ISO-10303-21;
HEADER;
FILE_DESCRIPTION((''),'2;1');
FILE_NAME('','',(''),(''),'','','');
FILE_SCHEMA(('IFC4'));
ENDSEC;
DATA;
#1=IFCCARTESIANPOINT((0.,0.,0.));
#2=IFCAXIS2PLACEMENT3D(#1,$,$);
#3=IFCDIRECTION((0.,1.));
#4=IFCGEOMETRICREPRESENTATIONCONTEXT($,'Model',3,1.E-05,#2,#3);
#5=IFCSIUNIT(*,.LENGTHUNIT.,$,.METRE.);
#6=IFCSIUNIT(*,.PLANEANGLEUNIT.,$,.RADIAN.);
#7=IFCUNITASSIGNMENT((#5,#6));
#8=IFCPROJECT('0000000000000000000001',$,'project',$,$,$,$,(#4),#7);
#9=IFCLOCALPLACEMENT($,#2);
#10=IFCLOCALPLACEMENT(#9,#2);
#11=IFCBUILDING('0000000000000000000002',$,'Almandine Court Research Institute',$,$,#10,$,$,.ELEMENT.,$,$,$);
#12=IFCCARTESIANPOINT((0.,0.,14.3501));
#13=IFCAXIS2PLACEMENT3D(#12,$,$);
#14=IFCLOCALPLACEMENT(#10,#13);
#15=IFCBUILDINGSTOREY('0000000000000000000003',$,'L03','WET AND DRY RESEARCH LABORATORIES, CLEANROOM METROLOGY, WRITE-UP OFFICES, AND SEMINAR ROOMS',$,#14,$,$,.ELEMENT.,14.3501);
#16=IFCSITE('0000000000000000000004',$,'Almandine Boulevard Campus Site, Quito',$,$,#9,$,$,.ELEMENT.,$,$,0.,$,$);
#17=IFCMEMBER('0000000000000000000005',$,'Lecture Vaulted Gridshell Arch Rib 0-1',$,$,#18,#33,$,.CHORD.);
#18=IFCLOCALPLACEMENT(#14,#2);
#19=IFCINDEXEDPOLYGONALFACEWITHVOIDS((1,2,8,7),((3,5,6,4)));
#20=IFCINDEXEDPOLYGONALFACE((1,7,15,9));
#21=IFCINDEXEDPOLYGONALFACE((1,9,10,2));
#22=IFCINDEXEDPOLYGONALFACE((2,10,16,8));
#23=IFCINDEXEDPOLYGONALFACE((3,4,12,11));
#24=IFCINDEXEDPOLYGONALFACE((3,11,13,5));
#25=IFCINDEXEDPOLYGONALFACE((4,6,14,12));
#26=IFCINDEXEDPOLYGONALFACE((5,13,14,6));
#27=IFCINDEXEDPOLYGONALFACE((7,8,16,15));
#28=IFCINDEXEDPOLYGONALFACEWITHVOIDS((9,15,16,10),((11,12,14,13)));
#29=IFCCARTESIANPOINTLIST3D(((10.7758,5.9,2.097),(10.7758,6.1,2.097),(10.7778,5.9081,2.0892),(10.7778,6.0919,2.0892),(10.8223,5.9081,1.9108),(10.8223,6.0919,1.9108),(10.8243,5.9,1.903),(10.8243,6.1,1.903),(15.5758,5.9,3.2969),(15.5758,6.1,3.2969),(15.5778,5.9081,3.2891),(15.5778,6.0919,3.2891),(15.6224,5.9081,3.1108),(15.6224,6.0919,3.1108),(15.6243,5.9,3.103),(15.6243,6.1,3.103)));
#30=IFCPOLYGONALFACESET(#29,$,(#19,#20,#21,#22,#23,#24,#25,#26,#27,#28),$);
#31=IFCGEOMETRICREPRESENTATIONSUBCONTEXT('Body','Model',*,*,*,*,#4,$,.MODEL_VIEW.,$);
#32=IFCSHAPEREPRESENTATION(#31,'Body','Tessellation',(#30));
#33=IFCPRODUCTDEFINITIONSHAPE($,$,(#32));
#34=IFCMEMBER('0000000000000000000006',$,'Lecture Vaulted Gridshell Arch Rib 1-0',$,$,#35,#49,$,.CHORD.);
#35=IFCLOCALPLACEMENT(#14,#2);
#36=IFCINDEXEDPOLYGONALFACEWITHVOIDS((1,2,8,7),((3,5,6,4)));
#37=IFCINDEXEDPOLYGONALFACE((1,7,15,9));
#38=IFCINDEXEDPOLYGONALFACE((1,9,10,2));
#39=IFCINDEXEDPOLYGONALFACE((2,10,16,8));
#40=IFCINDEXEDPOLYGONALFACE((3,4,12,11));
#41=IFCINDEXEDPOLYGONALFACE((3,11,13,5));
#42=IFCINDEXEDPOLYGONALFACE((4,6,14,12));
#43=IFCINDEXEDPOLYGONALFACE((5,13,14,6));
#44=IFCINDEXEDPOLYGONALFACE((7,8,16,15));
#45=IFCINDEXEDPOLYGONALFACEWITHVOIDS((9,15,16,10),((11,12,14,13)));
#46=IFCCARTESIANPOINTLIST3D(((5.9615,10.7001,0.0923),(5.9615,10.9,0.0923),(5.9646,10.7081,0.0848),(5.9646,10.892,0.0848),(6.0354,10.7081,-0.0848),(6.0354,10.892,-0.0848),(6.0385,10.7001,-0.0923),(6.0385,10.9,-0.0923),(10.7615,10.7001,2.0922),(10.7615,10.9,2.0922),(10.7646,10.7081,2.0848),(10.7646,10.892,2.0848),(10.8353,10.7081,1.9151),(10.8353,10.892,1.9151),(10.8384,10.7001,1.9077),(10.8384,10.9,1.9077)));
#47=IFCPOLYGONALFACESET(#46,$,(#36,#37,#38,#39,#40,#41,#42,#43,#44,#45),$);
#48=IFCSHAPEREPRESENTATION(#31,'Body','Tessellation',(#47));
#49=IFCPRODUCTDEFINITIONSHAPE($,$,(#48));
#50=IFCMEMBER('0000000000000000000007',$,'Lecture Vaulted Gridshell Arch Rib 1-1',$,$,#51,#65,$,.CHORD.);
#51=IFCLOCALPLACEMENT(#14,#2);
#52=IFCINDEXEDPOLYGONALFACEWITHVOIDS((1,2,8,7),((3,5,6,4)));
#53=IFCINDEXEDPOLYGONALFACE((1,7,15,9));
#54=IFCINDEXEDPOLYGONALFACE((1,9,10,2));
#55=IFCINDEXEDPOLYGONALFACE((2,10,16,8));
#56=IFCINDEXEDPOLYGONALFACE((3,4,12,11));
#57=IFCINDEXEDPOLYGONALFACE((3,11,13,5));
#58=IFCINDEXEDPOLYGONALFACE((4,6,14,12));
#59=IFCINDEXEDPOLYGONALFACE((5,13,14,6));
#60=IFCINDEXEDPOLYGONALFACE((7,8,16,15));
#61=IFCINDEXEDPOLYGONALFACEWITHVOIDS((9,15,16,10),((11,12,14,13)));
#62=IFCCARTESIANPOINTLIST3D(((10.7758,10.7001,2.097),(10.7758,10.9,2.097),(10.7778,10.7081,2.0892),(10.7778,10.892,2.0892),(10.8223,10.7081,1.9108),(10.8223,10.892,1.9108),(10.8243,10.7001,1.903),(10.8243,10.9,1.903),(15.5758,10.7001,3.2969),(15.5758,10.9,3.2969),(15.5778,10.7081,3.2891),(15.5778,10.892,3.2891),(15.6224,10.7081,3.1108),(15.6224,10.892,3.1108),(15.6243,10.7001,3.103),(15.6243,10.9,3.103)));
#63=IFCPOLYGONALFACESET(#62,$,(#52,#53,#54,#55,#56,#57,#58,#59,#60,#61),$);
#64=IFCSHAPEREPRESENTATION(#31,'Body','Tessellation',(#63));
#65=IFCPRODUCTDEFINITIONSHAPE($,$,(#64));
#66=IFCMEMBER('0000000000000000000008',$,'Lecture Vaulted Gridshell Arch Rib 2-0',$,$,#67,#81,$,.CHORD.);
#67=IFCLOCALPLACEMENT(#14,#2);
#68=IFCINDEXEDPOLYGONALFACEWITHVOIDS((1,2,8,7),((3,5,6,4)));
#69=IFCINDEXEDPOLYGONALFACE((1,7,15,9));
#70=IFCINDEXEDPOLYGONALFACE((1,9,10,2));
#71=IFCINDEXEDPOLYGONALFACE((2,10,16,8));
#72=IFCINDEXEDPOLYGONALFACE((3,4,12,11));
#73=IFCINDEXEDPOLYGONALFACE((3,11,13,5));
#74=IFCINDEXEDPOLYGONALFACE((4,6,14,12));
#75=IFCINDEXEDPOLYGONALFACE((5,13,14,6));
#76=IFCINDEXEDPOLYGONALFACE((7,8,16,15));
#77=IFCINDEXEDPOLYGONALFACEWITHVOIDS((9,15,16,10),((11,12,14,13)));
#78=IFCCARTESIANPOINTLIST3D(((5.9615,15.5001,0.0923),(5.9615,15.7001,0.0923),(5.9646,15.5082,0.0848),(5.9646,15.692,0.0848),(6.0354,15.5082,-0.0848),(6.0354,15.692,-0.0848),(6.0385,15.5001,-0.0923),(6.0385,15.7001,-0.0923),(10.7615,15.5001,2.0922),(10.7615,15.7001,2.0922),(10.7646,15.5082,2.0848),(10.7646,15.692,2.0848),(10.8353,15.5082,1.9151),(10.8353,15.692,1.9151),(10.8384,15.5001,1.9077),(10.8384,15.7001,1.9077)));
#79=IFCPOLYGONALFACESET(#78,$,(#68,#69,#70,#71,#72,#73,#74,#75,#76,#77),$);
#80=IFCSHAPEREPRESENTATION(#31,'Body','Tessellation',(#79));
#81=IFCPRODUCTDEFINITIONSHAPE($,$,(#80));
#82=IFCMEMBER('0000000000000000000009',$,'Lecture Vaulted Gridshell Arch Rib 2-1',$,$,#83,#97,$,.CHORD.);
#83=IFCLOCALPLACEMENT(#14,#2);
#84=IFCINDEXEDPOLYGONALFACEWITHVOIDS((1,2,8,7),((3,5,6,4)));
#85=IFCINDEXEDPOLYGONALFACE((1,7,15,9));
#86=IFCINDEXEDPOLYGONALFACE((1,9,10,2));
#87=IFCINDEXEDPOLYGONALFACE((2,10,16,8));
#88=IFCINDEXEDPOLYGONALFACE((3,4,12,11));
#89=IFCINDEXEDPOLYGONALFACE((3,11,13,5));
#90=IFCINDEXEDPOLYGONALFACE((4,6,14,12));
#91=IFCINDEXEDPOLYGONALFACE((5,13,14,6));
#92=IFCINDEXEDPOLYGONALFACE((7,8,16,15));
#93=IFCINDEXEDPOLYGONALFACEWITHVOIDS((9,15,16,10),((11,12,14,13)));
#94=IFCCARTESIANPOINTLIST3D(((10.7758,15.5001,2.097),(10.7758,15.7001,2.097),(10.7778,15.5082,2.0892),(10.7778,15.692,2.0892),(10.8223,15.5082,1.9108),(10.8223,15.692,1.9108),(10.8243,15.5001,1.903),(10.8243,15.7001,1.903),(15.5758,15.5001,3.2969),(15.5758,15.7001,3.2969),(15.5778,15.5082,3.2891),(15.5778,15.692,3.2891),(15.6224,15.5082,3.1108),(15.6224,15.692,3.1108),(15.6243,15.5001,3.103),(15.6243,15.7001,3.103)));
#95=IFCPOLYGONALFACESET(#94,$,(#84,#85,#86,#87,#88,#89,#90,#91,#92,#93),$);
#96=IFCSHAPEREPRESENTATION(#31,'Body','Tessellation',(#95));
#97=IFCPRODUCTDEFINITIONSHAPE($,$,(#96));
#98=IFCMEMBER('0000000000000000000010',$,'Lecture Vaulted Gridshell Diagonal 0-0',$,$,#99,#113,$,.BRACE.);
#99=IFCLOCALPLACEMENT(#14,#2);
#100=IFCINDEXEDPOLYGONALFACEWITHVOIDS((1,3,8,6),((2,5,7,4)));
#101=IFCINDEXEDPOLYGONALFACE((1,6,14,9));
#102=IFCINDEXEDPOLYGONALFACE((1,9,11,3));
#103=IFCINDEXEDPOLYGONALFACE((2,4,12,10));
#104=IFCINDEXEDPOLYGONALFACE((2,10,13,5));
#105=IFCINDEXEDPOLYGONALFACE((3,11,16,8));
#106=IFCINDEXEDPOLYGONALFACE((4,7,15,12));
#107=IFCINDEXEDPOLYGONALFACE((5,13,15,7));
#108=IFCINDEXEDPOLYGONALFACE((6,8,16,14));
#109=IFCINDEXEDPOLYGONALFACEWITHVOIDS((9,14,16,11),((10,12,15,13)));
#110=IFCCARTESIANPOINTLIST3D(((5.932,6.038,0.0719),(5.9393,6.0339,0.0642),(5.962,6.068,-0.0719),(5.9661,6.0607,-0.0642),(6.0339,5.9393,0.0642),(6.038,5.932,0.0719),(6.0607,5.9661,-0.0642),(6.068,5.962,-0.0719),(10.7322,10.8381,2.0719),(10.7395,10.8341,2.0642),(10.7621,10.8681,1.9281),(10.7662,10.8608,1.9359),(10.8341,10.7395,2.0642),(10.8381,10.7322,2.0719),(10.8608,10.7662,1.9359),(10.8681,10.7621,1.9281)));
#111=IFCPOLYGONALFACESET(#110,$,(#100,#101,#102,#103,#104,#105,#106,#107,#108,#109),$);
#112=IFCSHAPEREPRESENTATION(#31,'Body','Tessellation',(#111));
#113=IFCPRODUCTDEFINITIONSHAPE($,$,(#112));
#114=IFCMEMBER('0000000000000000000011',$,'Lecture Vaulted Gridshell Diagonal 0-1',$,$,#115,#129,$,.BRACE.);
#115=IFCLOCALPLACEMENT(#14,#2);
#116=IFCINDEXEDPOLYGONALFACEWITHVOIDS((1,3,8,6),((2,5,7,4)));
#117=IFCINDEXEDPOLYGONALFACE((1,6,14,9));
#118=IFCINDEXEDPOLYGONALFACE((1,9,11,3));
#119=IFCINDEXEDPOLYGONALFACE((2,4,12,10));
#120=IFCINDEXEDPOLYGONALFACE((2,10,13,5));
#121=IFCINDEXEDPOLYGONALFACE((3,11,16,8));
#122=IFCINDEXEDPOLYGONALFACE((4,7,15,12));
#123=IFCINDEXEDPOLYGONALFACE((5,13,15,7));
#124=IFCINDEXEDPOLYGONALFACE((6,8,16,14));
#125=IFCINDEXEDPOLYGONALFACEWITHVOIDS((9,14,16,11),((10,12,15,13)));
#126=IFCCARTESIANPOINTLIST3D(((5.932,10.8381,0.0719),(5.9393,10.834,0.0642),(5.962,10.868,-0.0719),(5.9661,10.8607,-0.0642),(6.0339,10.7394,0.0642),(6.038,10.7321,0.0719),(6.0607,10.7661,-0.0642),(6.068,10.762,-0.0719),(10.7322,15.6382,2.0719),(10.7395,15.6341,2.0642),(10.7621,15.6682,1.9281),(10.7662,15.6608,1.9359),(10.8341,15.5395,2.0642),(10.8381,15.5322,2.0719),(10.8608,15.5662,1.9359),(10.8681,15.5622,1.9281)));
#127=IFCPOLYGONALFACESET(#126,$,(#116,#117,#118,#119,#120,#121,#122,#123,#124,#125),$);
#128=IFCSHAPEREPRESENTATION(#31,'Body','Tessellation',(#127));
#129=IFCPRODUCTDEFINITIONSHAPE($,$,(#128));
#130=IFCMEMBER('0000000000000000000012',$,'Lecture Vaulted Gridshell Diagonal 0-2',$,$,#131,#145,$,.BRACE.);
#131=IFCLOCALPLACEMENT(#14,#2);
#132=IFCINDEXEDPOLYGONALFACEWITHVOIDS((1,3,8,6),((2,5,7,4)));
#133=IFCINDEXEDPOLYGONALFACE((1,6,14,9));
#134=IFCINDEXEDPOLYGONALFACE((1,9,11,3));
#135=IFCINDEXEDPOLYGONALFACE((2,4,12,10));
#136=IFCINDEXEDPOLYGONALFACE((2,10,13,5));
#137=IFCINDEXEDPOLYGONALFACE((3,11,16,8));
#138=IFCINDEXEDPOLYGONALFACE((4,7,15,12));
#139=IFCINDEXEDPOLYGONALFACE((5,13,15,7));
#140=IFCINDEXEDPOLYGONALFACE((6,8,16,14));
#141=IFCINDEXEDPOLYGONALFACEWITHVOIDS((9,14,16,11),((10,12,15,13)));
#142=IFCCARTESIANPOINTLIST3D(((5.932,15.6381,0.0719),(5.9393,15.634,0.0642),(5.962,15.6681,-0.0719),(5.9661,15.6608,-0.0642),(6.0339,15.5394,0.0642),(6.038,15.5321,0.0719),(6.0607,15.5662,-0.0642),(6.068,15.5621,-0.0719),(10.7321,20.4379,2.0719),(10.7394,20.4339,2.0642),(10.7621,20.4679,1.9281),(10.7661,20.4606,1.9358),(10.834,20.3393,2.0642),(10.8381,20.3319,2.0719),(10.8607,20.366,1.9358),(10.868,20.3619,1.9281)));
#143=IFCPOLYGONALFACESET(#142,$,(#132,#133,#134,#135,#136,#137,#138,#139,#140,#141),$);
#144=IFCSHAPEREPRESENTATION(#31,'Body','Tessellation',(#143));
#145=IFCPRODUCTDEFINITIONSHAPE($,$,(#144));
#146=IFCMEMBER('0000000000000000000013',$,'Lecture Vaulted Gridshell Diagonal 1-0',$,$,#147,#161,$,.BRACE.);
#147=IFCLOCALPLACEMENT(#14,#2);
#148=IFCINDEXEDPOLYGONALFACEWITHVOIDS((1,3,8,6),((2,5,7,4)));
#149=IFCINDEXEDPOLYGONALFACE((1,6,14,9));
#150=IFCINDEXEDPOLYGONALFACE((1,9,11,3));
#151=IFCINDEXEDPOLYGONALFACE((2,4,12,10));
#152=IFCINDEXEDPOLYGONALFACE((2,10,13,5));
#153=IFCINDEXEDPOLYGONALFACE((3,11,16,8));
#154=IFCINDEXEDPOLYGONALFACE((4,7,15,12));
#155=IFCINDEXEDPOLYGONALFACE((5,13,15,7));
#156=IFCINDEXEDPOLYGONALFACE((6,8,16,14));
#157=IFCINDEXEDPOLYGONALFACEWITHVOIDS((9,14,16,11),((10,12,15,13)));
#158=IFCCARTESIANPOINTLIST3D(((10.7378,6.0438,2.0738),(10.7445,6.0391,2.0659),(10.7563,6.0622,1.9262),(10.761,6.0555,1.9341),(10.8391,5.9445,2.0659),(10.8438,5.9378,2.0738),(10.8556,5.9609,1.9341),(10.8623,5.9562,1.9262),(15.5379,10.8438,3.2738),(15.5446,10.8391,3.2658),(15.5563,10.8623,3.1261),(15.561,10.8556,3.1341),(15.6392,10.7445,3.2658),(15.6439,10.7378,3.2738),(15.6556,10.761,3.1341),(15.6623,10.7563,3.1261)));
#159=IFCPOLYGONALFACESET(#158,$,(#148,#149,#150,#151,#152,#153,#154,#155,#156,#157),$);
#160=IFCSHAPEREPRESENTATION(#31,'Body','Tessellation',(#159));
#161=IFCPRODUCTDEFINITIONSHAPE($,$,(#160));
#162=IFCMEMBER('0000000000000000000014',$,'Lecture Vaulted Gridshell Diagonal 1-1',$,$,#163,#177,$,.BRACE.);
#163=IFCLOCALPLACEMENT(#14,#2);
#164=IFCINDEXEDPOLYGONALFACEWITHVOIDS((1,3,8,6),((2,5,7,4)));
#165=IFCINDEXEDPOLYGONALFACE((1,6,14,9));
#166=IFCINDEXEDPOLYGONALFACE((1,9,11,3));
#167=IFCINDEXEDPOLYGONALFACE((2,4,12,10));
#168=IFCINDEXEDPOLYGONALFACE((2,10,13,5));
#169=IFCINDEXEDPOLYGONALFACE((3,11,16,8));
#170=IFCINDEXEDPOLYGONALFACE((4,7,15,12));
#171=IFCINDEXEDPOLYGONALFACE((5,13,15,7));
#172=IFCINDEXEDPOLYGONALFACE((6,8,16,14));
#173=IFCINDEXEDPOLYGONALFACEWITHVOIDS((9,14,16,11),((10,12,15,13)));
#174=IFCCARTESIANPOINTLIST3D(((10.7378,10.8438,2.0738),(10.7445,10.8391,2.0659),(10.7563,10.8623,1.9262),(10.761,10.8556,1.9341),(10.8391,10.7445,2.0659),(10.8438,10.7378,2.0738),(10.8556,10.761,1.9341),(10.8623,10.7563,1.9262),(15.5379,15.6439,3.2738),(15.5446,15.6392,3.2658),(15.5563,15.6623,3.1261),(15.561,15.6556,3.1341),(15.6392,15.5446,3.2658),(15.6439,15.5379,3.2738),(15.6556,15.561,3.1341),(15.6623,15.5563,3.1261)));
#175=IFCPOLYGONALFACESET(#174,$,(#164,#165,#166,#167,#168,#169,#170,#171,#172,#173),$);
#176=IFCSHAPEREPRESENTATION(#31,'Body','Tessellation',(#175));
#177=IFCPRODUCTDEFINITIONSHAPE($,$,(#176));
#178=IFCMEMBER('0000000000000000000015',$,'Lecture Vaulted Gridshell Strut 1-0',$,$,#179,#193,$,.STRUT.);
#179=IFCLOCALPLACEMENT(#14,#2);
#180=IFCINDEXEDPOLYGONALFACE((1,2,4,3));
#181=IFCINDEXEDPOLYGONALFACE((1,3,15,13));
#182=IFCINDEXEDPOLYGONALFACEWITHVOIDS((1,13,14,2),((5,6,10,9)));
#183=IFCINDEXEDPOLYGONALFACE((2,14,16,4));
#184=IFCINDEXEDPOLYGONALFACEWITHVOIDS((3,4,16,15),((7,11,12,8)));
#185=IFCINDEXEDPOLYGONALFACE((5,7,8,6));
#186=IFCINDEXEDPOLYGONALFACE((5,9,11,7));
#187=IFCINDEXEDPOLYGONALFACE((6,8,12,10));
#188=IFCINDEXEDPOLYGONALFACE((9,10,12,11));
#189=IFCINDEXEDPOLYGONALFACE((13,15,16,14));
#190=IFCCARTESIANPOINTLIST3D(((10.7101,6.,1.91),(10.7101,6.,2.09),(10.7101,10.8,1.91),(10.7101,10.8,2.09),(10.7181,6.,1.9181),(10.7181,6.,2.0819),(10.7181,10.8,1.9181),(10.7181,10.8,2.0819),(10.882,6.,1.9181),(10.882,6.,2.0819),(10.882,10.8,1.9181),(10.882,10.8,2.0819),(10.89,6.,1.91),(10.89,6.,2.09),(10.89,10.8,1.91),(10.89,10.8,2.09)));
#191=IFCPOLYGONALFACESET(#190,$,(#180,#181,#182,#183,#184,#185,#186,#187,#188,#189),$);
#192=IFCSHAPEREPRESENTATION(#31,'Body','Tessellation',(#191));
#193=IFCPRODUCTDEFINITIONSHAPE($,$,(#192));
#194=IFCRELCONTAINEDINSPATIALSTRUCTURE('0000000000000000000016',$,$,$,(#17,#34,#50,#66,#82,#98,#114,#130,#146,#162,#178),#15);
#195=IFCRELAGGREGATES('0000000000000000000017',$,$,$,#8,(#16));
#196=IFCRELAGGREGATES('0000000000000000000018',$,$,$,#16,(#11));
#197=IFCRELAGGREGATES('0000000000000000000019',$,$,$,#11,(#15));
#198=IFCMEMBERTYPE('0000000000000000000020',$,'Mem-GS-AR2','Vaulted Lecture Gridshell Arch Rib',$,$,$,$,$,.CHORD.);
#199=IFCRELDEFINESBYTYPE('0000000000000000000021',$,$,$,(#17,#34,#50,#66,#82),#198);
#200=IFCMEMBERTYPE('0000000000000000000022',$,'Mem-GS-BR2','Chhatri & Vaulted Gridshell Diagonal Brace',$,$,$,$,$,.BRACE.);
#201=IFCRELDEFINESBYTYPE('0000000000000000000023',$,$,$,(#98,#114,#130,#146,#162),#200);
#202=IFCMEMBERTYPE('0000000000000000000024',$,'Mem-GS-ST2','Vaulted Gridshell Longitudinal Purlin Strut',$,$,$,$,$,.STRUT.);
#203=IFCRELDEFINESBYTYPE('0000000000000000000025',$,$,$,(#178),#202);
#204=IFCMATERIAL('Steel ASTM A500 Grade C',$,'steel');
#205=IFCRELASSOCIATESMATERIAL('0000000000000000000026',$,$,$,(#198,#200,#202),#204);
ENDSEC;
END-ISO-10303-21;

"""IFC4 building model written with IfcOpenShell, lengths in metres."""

from ifc_helpers import new_model, si_unit, direction, frame, origin, origin_2d, place, context, subcontext, project, spatial, hollow_rectangle, extrude, material, material_profile, profile_set, type_object, element, save


model = new_model("IFC4")

# Units and contexts
model_context = context("Model", 3, precision=1e-05, world=origin(), true_north=direction((0.0, 1.0)))
body_context = subcontext(model_context, "Body", "Model", "MODEL_VIEW")
ifc_project = project(units=[si_unit("LENGTHUNIT", "METRE"), si_unit("PLANEANGLEUNIT", "RADIAN")], contexts=[model_context])

# Site, building, storey
site_placement = place(None, origin())
site = spatial("IfcSite", under=ifc_project, at=site_placement, Name="Almandine Boulevard Campus Site, Quito", CompositionType="ELEMENT", RefElevation=0.0)
building_placement = place(site_placement, origin())
building = spatial("IfcBuilding", under=site, at=building_placement, Name="Almandine Court Research Institute", CompositionType="ELEMENT")
storey_placement = place(building_placement, frame((0.0, 0.0, 14.3501)))
storey = spatial("IfcBuildingStorey", under=building, at=storey_placement, Name="L03", Description="WET AND DRY RESEARCH LABORATORIES, CLEANROOM METROLOGY, WRITE-UP OFFICES, AND SEMINAR ROOMS", CompositionType="ELEMENT", Elevation=14.3501)

# Members
ifc_material_1 = material(Name="Steel ASTM A500 Grade C", Category="steel")
ifc_material_profile_1 = material_profile(ifc_material_1, hollow_rectangle(XDim=0.2, YDim=0.2, WallThickness=0.0081, at=origin_2d()), Name="HSS 200x200x8")
ifc_profile_set_1 = profile_set([ifc_material_profile_1], Name="Steel ASTM A500 Grade C")
member_type_1 = type_object("IfcMemberType", Name="Mem-GS-AR2", Description="Vaulted Lecture Gridshell Arch Rib", PredefinedType="CHORD", material=ifc_profile_set_1)
member_1_placement = place(storey_placement, frame((10.8, 6.0, 2.0), z_axis=(0.970145, 0.0, 0.242524), x_axis=(0.0, 1.0, 0.0)))
element("IfcMember", 1, at=member_1_placement, inside=storey, type_object=member_type_1, Name="Lecture Vaulted Gridshell Arch Rib 0-1", PredefinedType="CHORD", context=body_context, shape_type="SweptSolid", body=[
    extrude(hollow_rectangle(XDim=0.2, YDim=0.2, WallThickness=0.0081, at=origin_2d()), origin(), (0.0, 0.0, 1.0), 4.9478),
])
member_2_placement = place(storey_placement, frame((6.0, 10.8, 0.0), z_axis=(0.923078, 0.0, 0.384612), x_axis=(0.0, 1.0, 0.0)))
element("IfcMember", 2, at=member_2_placement, inside=storey, type_object=member_type_1, Name="Lecture Vaulted Gridshell Arch Rib 1-0", PredefinedType="CHORD", context=body_context, shape_type="SweptSolid", body=[
    extrude(hollow_rectangle(XDim=0.2, YDim=0.2, WallThickness=0.0081, at=origin_2d()), origin(), (0.0, 0.0, 1.0), 5.2),
])
member_3_placement = place(storey_placement, frame((10.8, 10.8, 2.0), z_axis=(0.970145, 0.0, 0.242524), x_axis=(0.0, 1.0, 0.0)))
element("IfcMember", 3, at=member_3_placement, inside=storey, type_object=member_type_1, Name="Lecture Vaulted Gridshell Arch Rib 1-1", PredefinedType="CHORD", context=body_context, shape_type="SweptSolid", body=[
    extrude(hollow_rectangle(XDim=0.2, YDim=0.2, WallThickness=0.0081, at=origin_2d()), origin(), (0.0, 0.0, 1.0), 4.9478),
])
member_4_placement = place(storey_placement, frame((6.0, 15.6001, 0.0), z_axis=(0.923078, 0.0, 0.384612), x_axis=(0.0, 1.0, 0.0)))
element("IfcMember", 4, at=member_4_placement, inside=storey, type_object=member_type_1, Name="Lecture Vaulted Gridshell Arch Rib 2-0", PredefinedType="CHORD", context=body_context, shape_type="SweptSolid", body=[
    extrude(hollow_rectangle(XDim=0.2, YDim=0.2, WallThickness=0.0081, at=origin_2d()), origin(), (0.0, 0.0, 1.0), 5.2),
])
member_5_placement = place(storey_placement, frame((10.8, 15.6001, 2.0), z_axis=(0.970145, 0.0, 0.242524), x_axis=(0.0, 1.0, 0.0)))
element("IfcMember", 5, at=member_5_placement, inside=storey, type_object=member_type_1, Name="Lecture Vaulted Gridshell Arch Rib 2-1", PredefinedType="CHORD", context=body_context, shape_type="SweptSolid", body=[
    extrude(hollow_rectangle(XDim=0.2, YDim=0.2, WallThickness=0.0081, at=origin_2d()), origin(), (0.0, 0.0, 1.0), 4.9478),
])
ifc_material_profile_2 = material_profile(ifc_material_1, hollow_rectangle(XDim=0.1499, YDim=0.1499, WallThickness=0.0081, at=origin_2d()), Name="HSS 150x150x8")
ifc_profile_set_2 = profile_set([ifc_material_profile_2], Name="Steel ASTM A500 Grade C")
member_type_2 = type_object("IfcMemberType", Name="Mem-GS-BR2", Description="Chhatri & Vaulted Gridshell Diagonal Brace", PredefinedType="BRACE", material=ifc_profile_set_2)
for number, where, z_axis, x_axis, name in (
    (6, (6.0, 6.0, 0.0), (0.678281, 0.678281, 0.282614), (-0.707107, 0.707107, 0.0), "Lecture Vaulted Gridshell Diagonal 0-0"),
    (7, (6.0, 10.8, 0.0), (0.678281, 0.678281, 0.282614), (-0.707107, 0.707107, 0.0), "Lecture Vaulted Gridshell Diagonal 0-1"),
):
    element("IfcMember", number, at=place(storey_placement, frame(where, z_axis=z_axis, x_axis=x_axis)), inside=storey, type_object=member_type_2, Name=name, PredefinedType="BRACE", context=body_context, shape_type="SweptSolid", body=[
        extrude(hollow_rectangle(XDim=0.1499, YDim=0.1499, WallThickness=0.0081, at=origin_2d()), origin(), (0.0, 0.0, 1.0), 7.0769),
    ])
member_6_placement = place(storey_placement, frame((6.0, 15.6001, 0.0), z_axis=(0.678297, 0.678262, 0.282621), x_axis=(-0.707089, 0.707125, 0.0)))
element("IfcMember", 8, at=member_6_placement, inside=storey, type_object=member_type_2, Name="Lecture Vaulted Gridshell Diagonal 0-2", PredefinedType="BRACE", context=body_context, shape_type="SweptSolid", body=[
    extrude(hollow_rectangle(XDim=0.1499, YDim=0.1499, WallThickness=0.0081, at=origin_2d()), origin(), (0.0, 0.0, 1.0), 7.0767),
])
for number, where, z_axis, x_axis, name in (
    (9, (10.8, 6.0, 2.0), (0.696312, 0.696312, 0.174069), (-0.707107, 0.707107, 0.0), "Lecture Vaulted Gridshell Diagonal 1-0"),
    (10, (10.8, 10.8, 2.0), (0.696312, 0.696312, 0.174069), (-0.707107, 0.707107, 0.0), "Lecture Vaulted Gridshell Diagonal 1-1"),
):
    element("IfcMember", number, at=place(storey_placement, frame(where, z_axis=z_axis, x_axis=x_axis)), inside=storey, type_object=member_type_2, Name=name, PredefinedType="BRACE", context=body_context, shape_type="SweptSolid", body=[
        extrude(hollow_rectangle(XDim=0.1499, YDim=0.1499, WallThickness=0.0081, at=origin_2d()), origin(), (0.0, 0.0, 1.0), 6.8936),
    ])
ifc_material_profile_3 = material_profile(ifc_material_1, hollow_rectangle(XDim=0.1799, YDim=0.1799, WallThickness=0.0081, at=origin_2d()), Name="HSS 180x180x8")
ifc_profile_set_3 = profile_set([ifc_material_profile_3], Name="Steel ASTM A500 Grade C")
member_type_3 = type_object("IfcMemberType", Name="Mem-GS-ST2", Description="Vaulted Gridshell Longitudinal Purlin Strut", PredefinedType="STRUT", material=ifc_profile_set_3)
for number, where, z_axis, x_axis, name in (
    (11, (10.8, 6.0, 2.0), (0.0, 1.0, 0.0), (-1.0, 0.0, 0.0), "Lecture Vaulted Gridshell Strut 1-0"),
):
    element("IfcMember", number, at=place(storey_placement, frame(where, z_axis=z_axis, x_axis=x_axis)), inside=storey, type_object=member_type_3, Name=name, PredefinedType="STRUT", context=body_context, shape_type="SweptSolid", body=[
        extrude(hollow_rectangle(XDim=0.1799, YDim=0.1799, WallThickness=0.0081, at=origin_2d()), origin(), (0.0, 0.0, 1.0), 4.8),
    ])

save(model, "model.ifc")
